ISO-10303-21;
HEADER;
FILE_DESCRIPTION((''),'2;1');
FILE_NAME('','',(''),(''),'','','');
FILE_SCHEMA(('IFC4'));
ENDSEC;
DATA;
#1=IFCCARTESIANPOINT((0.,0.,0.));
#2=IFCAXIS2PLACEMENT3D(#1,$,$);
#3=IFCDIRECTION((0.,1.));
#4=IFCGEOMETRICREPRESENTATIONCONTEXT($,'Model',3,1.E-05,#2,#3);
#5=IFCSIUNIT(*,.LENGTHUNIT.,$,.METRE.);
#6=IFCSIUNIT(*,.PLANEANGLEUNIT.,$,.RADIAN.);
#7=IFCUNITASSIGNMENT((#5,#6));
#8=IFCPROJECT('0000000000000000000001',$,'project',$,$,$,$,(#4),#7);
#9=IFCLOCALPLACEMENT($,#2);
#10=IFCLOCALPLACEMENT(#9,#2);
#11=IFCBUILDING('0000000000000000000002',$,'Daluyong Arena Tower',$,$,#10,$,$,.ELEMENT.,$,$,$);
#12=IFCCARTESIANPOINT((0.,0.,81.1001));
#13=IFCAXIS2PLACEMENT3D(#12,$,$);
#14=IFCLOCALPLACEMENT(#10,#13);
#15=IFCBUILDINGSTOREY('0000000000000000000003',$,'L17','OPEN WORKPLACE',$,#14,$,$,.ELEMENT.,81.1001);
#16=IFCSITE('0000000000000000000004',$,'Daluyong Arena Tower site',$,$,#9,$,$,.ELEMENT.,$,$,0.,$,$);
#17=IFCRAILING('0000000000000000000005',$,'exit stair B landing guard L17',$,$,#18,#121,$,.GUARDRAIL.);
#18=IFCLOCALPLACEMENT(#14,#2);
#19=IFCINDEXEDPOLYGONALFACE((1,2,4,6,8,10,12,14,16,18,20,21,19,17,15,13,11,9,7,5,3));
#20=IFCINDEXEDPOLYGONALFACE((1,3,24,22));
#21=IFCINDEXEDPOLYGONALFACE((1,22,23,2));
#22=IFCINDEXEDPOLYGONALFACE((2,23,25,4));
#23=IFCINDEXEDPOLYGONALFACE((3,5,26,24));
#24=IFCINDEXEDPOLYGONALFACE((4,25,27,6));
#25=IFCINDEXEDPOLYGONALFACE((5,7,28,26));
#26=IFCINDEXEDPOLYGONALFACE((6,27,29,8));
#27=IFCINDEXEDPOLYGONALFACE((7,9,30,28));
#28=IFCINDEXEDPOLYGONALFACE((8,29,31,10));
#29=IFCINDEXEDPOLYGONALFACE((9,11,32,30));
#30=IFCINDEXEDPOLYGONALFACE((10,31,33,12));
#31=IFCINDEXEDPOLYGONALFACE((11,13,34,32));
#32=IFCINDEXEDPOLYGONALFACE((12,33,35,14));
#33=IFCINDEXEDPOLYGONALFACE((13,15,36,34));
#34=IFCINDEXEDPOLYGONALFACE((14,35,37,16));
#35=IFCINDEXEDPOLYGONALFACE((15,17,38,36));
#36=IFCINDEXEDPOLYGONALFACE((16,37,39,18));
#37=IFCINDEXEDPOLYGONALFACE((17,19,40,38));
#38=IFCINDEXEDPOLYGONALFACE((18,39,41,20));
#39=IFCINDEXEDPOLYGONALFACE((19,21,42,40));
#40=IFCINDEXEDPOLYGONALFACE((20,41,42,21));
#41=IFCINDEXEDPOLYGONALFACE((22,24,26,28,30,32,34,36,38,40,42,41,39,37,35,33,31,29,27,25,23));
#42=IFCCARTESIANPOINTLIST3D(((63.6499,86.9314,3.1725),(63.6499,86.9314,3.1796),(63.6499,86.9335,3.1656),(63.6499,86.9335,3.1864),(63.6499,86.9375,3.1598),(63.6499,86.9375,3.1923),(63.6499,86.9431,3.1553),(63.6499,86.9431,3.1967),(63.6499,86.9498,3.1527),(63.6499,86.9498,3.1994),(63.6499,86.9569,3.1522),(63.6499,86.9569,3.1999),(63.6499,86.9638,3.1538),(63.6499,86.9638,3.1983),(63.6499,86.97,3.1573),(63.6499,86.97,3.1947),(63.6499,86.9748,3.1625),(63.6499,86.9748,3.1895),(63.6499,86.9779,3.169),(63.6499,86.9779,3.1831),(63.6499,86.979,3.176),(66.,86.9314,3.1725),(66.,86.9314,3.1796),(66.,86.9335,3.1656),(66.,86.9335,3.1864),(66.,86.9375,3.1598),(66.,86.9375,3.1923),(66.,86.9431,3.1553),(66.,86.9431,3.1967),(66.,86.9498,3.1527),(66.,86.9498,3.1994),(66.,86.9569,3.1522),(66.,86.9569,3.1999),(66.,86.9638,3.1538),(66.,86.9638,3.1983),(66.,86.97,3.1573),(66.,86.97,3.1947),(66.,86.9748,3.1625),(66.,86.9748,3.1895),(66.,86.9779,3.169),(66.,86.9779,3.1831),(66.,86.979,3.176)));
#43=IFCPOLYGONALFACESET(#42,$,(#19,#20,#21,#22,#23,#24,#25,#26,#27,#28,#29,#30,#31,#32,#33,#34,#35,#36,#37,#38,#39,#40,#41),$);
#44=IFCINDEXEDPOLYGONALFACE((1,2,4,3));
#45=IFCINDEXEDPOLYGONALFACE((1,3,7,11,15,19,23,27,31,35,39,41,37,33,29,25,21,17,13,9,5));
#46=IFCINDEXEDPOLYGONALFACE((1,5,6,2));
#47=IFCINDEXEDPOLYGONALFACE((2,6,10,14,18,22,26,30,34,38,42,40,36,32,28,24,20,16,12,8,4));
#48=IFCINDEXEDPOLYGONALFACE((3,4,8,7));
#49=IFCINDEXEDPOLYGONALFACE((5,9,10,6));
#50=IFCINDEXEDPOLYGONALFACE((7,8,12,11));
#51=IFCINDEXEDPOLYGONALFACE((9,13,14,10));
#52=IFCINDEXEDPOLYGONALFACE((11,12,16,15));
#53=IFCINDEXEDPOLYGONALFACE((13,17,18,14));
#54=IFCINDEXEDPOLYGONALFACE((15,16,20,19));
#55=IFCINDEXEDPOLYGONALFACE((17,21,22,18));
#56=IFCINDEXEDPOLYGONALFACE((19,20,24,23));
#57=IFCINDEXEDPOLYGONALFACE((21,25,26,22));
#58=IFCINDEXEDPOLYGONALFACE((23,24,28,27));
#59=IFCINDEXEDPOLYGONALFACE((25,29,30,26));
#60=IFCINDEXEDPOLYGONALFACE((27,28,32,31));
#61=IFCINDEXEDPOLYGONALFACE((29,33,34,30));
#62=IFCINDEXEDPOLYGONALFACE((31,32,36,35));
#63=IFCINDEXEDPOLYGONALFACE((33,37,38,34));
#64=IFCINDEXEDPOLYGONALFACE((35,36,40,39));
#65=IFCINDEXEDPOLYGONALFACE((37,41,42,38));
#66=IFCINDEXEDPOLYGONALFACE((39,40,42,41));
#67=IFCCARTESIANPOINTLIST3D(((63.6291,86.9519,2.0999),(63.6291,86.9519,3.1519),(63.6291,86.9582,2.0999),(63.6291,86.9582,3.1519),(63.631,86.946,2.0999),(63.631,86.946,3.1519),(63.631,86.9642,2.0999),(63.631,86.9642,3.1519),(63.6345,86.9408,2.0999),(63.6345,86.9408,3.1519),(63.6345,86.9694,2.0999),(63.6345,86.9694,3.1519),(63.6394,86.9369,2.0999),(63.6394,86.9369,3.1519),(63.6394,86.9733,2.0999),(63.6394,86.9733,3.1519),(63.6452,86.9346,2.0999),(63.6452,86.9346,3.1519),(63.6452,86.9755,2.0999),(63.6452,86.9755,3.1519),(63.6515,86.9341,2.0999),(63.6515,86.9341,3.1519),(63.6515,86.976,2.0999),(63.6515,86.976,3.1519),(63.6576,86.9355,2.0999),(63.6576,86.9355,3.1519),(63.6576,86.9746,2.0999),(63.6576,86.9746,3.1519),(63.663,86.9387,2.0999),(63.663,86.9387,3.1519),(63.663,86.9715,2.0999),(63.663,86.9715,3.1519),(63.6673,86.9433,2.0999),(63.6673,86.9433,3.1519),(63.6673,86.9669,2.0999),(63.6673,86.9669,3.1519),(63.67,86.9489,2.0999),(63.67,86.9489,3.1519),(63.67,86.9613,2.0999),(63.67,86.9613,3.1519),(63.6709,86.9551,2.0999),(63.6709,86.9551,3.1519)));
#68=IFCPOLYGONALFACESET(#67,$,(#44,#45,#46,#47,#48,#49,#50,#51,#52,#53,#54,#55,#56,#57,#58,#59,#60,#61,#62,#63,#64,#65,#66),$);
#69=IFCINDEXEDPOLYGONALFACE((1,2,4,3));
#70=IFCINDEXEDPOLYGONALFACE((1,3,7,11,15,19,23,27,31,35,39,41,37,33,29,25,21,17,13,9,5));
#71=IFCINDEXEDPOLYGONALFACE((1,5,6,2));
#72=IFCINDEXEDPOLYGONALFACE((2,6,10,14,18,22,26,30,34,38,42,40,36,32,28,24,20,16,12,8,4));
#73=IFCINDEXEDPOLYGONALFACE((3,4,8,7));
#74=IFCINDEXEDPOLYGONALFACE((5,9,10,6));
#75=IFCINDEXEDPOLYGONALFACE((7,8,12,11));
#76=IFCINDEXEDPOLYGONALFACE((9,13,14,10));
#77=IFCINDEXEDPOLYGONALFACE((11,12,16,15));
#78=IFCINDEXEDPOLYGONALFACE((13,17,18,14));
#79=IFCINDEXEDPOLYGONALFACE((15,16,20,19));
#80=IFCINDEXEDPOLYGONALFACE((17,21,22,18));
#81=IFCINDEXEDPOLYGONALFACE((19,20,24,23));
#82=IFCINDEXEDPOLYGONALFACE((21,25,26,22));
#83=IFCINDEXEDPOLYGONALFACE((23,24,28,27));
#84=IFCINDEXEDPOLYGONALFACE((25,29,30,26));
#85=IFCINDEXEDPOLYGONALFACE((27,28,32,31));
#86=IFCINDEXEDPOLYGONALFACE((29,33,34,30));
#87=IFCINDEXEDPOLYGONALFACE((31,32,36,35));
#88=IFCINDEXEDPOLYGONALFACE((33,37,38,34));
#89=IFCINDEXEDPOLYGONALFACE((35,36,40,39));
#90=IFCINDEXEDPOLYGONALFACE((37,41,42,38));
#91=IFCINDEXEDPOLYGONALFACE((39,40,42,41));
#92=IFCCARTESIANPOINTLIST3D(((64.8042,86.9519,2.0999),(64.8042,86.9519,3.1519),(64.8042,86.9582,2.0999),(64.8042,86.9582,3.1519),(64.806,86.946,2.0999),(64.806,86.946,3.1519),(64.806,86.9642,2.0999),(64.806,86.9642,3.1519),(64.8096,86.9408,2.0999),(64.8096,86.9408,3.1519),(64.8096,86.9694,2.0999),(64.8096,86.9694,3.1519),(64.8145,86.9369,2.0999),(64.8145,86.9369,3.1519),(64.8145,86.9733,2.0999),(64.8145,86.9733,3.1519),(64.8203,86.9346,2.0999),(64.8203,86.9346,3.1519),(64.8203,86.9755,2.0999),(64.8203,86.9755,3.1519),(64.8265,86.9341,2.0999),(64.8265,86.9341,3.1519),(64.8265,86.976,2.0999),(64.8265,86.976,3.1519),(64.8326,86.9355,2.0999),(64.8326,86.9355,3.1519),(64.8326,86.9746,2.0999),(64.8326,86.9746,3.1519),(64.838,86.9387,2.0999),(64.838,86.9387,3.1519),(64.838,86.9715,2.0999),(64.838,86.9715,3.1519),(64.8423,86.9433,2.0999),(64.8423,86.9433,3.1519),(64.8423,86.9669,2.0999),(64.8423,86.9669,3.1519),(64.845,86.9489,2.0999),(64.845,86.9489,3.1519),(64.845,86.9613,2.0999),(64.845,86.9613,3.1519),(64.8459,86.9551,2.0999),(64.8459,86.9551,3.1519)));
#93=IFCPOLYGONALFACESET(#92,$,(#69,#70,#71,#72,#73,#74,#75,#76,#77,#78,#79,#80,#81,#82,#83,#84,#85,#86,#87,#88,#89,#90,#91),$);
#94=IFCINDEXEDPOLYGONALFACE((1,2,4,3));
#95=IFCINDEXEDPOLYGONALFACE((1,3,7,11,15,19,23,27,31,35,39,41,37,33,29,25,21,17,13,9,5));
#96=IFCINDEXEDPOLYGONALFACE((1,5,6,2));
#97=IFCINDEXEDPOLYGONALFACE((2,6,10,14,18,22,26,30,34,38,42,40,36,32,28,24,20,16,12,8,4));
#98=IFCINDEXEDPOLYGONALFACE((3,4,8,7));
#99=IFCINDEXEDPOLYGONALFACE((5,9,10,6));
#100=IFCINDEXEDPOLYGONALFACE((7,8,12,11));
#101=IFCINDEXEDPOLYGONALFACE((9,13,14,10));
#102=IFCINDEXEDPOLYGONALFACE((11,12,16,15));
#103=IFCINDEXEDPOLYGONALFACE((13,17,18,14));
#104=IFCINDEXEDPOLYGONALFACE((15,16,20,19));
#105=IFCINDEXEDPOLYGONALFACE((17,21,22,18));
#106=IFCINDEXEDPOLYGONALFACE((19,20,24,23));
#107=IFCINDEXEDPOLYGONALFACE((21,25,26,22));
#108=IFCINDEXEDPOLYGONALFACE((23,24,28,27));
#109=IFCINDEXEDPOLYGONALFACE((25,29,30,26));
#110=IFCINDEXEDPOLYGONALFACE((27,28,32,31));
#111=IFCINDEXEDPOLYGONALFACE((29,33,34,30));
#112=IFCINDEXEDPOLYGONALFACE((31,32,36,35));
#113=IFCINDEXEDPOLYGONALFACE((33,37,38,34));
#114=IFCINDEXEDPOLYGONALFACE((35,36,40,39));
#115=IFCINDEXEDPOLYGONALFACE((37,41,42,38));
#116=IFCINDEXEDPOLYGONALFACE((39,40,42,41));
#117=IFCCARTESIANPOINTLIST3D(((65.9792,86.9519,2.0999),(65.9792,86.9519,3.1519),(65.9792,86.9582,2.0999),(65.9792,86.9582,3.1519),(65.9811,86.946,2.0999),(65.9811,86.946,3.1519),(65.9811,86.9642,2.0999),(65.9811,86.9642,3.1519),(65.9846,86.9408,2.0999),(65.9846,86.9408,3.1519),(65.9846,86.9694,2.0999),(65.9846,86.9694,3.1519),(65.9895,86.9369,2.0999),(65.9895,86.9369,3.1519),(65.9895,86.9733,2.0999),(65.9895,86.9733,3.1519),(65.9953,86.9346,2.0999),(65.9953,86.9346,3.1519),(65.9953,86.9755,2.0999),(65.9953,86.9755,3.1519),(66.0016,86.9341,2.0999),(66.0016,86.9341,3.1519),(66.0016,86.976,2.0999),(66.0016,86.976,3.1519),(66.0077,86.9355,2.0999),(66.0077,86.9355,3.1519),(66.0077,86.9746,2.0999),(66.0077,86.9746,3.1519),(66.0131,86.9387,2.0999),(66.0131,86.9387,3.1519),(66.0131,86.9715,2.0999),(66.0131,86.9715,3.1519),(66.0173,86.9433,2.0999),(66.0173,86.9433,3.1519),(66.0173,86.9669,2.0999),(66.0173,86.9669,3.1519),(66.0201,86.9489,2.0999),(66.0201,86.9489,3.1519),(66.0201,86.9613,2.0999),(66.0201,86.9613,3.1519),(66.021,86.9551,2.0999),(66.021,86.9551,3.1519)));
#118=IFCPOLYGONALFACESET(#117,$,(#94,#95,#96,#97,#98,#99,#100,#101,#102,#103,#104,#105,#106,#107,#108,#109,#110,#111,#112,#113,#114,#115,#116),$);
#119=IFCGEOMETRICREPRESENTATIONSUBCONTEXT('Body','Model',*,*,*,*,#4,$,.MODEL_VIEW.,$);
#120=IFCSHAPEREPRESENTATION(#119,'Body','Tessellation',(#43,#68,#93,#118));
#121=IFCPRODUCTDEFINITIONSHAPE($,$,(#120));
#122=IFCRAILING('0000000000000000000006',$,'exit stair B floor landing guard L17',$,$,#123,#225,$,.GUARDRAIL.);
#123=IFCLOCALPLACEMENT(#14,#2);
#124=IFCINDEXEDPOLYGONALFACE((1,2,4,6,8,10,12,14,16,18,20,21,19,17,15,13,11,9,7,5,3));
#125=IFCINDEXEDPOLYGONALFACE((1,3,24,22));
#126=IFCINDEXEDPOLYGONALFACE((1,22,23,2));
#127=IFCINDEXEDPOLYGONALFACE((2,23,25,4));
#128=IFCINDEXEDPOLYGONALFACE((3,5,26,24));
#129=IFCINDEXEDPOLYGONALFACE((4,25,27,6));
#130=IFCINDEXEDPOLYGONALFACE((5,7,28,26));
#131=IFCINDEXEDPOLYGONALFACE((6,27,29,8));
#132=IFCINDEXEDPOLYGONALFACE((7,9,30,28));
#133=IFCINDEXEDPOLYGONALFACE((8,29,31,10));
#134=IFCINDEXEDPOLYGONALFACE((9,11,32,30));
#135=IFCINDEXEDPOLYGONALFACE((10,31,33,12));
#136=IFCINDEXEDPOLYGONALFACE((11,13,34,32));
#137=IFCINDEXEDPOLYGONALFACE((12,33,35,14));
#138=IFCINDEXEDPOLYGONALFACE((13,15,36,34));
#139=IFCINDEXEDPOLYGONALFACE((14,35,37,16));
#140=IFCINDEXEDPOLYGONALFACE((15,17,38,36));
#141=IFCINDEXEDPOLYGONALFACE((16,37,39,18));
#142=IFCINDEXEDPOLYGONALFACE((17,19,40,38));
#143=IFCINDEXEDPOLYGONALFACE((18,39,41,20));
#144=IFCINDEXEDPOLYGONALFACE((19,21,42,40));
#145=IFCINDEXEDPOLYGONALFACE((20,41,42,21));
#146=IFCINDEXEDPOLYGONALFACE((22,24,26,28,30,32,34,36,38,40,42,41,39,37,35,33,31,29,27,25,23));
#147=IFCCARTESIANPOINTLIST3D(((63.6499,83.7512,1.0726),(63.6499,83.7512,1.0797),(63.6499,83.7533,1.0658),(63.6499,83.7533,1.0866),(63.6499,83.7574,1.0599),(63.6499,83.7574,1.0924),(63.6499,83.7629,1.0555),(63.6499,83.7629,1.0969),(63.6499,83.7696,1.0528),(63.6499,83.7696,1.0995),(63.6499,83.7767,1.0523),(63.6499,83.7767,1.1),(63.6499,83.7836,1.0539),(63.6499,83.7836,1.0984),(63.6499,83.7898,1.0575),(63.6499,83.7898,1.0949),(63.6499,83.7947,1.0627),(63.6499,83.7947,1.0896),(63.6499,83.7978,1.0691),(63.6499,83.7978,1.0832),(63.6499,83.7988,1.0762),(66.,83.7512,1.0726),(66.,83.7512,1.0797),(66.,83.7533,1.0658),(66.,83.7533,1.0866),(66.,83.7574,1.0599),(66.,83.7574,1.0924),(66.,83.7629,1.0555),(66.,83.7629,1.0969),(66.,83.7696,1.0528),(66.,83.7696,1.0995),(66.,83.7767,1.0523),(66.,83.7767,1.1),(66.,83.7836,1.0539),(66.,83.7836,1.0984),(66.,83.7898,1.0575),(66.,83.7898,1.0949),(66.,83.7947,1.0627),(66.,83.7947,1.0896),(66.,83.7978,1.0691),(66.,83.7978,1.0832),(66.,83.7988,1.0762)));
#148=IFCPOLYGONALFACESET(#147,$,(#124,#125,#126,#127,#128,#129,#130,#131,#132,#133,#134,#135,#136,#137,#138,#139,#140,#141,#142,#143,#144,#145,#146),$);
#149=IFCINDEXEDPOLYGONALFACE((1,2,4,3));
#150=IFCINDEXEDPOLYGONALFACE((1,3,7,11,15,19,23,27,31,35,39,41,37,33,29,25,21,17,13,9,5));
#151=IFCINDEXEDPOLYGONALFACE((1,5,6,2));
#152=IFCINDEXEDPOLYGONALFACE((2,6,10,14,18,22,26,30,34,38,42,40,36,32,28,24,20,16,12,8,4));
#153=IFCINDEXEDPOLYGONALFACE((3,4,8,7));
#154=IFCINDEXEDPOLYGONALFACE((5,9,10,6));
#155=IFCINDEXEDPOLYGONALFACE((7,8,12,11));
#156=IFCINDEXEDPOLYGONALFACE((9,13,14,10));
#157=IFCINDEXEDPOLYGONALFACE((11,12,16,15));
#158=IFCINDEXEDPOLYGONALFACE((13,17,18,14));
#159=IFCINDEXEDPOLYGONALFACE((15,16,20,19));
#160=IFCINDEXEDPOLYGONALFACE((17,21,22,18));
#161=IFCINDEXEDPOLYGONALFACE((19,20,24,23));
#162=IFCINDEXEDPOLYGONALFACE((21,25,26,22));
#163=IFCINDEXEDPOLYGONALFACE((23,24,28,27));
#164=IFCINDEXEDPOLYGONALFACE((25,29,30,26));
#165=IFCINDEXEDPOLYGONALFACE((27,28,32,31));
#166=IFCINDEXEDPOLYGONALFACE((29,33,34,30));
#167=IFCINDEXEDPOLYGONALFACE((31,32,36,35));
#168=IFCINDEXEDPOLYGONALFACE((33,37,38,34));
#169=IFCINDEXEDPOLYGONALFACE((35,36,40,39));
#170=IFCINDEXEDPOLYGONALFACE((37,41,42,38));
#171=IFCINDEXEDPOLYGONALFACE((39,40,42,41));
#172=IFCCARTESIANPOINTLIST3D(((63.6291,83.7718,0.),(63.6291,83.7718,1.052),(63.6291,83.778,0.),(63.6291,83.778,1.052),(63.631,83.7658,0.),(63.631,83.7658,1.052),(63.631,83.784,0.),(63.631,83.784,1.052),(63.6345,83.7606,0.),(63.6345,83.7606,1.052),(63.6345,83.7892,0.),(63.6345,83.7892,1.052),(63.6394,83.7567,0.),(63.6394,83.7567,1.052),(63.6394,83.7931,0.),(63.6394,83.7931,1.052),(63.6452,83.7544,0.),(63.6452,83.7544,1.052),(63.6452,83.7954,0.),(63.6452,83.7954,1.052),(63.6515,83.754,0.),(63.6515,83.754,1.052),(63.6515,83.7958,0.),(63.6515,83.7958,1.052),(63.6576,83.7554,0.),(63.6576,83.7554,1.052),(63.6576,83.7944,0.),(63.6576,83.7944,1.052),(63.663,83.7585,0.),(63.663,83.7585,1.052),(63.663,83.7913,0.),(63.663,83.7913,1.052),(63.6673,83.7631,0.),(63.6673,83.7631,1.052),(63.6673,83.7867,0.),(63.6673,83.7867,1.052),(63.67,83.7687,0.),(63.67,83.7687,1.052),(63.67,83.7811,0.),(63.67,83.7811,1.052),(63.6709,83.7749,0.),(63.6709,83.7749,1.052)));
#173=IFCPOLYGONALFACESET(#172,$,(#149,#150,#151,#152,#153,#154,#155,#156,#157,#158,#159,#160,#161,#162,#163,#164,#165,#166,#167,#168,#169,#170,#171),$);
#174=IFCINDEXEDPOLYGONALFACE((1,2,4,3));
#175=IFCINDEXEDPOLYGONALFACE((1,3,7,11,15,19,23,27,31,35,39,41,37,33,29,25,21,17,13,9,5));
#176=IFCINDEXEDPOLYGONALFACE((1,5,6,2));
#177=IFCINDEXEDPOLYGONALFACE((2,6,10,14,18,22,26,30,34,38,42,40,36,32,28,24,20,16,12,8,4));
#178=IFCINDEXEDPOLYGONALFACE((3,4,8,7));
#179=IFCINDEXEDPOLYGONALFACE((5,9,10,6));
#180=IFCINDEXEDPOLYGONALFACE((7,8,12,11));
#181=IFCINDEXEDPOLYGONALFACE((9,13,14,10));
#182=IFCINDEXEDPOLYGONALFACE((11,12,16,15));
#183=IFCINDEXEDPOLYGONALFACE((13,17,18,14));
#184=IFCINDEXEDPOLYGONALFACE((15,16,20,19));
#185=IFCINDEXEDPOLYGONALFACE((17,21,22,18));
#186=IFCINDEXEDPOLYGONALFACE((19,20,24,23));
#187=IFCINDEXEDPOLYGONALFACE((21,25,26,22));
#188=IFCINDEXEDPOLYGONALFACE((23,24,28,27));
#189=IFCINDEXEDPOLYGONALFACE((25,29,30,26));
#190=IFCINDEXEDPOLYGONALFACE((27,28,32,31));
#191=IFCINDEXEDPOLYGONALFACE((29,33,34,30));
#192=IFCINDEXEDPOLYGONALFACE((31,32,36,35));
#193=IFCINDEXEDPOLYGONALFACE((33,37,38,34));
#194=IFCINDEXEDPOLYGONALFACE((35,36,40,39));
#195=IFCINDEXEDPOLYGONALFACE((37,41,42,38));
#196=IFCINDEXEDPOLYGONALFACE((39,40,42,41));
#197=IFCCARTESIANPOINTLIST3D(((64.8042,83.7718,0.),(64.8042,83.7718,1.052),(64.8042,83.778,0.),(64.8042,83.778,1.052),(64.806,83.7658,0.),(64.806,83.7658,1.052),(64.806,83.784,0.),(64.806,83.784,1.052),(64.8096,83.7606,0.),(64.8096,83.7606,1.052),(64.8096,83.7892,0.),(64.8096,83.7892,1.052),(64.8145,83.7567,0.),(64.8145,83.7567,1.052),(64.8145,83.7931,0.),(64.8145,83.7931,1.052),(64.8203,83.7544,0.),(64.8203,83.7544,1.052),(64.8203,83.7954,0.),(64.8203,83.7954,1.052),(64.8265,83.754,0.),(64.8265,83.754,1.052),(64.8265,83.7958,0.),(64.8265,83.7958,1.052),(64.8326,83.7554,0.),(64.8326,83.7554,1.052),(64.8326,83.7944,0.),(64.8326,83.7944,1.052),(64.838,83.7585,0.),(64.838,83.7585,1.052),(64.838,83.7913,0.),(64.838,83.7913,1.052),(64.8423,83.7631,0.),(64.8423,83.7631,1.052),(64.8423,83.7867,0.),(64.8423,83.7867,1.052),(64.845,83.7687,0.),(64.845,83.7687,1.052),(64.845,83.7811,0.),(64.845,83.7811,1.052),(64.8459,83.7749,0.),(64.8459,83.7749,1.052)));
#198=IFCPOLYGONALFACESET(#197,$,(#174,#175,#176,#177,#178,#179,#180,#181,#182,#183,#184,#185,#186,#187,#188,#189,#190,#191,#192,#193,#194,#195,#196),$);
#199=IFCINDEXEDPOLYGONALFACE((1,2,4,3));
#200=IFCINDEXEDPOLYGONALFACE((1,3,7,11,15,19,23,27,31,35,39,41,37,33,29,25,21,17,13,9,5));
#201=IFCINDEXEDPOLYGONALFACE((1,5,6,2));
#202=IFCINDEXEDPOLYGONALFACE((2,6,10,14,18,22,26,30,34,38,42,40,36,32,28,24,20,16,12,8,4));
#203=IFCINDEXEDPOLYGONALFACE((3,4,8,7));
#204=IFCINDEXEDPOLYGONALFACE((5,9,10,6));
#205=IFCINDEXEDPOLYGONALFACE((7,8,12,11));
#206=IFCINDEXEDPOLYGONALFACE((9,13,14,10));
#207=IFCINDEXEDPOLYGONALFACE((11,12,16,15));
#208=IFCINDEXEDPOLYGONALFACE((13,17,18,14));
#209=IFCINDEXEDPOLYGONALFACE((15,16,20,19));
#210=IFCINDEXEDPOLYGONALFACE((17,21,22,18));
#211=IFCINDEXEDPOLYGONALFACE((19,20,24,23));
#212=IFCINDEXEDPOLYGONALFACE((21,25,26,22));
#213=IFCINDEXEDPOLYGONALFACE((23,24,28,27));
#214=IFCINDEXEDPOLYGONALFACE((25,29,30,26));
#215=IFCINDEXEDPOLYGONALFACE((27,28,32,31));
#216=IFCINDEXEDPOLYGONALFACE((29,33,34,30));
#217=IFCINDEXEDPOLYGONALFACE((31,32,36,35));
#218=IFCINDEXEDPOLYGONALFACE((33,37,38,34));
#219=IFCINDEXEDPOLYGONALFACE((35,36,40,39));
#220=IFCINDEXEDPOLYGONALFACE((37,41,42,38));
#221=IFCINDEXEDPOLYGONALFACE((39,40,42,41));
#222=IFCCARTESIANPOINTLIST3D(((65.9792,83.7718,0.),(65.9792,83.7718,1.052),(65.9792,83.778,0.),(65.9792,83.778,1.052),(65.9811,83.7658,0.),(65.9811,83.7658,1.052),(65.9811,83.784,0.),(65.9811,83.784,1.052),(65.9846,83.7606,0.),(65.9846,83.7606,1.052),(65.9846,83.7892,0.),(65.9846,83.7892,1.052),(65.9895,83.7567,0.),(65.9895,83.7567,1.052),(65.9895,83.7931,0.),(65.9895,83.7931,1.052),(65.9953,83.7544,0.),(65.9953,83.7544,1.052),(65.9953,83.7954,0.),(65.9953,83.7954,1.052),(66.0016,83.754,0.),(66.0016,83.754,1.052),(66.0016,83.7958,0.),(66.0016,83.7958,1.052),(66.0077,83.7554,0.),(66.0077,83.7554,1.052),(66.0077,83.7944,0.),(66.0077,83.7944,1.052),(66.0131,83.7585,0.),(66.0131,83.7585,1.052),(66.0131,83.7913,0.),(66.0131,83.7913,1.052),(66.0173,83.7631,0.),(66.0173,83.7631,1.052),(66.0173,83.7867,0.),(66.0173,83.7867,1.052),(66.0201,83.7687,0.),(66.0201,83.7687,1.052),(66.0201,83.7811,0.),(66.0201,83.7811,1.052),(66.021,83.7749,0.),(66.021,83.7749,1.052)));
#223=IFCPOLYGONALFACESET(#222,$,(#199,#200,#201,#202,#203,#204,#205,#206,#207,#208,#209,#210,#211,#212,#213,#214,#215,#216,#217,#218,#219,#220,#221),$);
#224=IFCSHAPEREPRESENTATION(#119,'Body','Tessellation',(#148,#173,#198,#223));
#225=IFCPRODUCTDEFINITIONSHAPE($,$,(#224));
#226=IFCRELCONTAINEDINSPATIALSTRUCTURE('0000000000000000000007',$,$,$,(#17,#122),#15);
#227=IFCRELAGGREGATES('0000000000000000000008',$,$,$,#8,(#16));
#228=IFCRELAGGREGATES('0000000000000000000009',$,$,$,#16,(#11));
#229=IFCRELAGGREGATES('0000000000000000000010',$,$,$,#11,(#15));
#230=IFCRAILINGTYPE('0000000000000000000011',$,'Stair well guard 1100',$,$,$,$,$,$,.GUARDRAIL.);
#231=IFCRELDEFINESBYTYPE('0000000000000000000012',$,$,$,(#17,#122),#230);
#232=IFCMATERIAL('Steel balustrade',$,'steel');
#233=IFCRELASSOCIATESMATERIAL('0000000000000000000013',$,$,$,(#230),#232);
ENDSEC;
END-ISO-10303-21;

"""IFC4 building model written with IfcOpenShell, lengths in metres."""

from ifc_helpers import new_model, si_unit, direction, frame, origin, origin_2d, place, context, subcontext, project, spatial, circle, extrude, material, type_object, element, save


model = new_model("IFC4")

# Units and contexts
model_context = context("Model", 3, precision=1e-05, world=origin(), true_north=direction((0.0, 1.0)))
body_context = subcontext(model_context, "Body", "Model", "MODEL_VIEW")
ifc_project = project(units=[si_unit("LENGTHUNIT", "METRE"), si_unit("PLANEANGLEUNIT", "RADIAN")], contexts=[model_context])

# Site, building, storey
site_placement = place(None, origin())
site = spatial("IfcSite", under=ifc_project, at=site_placement, Name="Daluyong Arena Tower site", CompositionType="ELEMENT", RefElevation=0.0)
building_placement = place(site_placement, origin())
building = spatial("IfcBuilding", under=site, at=building_placement, Name="Daluyong Arena Tower", CompositionType="ELEMENT")
storey_placement = place(building_placement, frame((0.0, 0.0, 81.1001)))
storey = spatial("IfcBuildingStorey", under=building, at=storey_placement, Name="L17", Description="OPEN WORKPLACE", CompositionType="ELEMENT", Elevation=81.1001)

# Railings
ifc_material_1 = material(Name="Steel balustrade", Category="steel")
railing_type_1 = type_object("IfcRailingType", Name="Stair well guard 1100", PredefinedType="GUARDRAIL", material=ifc_material_1)
for number, where, name in (
    (1, (63.6499, 86.9551, 2.0999), "exit stair B landing guard L17"),
    (2, (63.6499, 83.7749, 0.0), "exit stair B floor landing guard L17"),
):
    element("IfcRailing", number, at=place(storey_placement, frame(where)), inside=storey, type_object=railing_type_1, Name=name, PredefinedType="GUARDRAIL", context=body_context, shape_type="SweptSolid", body=[
        extrude(circle(Radius=0.0239, at=origin_2d()), frame((0.0, 0.0, 1.0762), z_axis=(1.0, 0.0, 0.0), x_axis=(0.0, 1.0, 0.0)), (0.0, 0.0, 1.0), 2.3501),
        extrude(circle(Radius=0.021, at=origin_2d()), origin(), (0.0, 0.0, 1.0), 1.052),
        extrude(circle(Radius=0.021, at=origin_2d()), frame((1.175, 0.0, 0.0)), (0.0, 0.0, 1.0), 1.052),
        extrude(circle(Radius=0.021, at=origin_2d()), frame((2.3501, 0.0, 0.0)), (0.0, 0.0, 1.0), 1.052),
    ])

save(model, "model.ifc")
